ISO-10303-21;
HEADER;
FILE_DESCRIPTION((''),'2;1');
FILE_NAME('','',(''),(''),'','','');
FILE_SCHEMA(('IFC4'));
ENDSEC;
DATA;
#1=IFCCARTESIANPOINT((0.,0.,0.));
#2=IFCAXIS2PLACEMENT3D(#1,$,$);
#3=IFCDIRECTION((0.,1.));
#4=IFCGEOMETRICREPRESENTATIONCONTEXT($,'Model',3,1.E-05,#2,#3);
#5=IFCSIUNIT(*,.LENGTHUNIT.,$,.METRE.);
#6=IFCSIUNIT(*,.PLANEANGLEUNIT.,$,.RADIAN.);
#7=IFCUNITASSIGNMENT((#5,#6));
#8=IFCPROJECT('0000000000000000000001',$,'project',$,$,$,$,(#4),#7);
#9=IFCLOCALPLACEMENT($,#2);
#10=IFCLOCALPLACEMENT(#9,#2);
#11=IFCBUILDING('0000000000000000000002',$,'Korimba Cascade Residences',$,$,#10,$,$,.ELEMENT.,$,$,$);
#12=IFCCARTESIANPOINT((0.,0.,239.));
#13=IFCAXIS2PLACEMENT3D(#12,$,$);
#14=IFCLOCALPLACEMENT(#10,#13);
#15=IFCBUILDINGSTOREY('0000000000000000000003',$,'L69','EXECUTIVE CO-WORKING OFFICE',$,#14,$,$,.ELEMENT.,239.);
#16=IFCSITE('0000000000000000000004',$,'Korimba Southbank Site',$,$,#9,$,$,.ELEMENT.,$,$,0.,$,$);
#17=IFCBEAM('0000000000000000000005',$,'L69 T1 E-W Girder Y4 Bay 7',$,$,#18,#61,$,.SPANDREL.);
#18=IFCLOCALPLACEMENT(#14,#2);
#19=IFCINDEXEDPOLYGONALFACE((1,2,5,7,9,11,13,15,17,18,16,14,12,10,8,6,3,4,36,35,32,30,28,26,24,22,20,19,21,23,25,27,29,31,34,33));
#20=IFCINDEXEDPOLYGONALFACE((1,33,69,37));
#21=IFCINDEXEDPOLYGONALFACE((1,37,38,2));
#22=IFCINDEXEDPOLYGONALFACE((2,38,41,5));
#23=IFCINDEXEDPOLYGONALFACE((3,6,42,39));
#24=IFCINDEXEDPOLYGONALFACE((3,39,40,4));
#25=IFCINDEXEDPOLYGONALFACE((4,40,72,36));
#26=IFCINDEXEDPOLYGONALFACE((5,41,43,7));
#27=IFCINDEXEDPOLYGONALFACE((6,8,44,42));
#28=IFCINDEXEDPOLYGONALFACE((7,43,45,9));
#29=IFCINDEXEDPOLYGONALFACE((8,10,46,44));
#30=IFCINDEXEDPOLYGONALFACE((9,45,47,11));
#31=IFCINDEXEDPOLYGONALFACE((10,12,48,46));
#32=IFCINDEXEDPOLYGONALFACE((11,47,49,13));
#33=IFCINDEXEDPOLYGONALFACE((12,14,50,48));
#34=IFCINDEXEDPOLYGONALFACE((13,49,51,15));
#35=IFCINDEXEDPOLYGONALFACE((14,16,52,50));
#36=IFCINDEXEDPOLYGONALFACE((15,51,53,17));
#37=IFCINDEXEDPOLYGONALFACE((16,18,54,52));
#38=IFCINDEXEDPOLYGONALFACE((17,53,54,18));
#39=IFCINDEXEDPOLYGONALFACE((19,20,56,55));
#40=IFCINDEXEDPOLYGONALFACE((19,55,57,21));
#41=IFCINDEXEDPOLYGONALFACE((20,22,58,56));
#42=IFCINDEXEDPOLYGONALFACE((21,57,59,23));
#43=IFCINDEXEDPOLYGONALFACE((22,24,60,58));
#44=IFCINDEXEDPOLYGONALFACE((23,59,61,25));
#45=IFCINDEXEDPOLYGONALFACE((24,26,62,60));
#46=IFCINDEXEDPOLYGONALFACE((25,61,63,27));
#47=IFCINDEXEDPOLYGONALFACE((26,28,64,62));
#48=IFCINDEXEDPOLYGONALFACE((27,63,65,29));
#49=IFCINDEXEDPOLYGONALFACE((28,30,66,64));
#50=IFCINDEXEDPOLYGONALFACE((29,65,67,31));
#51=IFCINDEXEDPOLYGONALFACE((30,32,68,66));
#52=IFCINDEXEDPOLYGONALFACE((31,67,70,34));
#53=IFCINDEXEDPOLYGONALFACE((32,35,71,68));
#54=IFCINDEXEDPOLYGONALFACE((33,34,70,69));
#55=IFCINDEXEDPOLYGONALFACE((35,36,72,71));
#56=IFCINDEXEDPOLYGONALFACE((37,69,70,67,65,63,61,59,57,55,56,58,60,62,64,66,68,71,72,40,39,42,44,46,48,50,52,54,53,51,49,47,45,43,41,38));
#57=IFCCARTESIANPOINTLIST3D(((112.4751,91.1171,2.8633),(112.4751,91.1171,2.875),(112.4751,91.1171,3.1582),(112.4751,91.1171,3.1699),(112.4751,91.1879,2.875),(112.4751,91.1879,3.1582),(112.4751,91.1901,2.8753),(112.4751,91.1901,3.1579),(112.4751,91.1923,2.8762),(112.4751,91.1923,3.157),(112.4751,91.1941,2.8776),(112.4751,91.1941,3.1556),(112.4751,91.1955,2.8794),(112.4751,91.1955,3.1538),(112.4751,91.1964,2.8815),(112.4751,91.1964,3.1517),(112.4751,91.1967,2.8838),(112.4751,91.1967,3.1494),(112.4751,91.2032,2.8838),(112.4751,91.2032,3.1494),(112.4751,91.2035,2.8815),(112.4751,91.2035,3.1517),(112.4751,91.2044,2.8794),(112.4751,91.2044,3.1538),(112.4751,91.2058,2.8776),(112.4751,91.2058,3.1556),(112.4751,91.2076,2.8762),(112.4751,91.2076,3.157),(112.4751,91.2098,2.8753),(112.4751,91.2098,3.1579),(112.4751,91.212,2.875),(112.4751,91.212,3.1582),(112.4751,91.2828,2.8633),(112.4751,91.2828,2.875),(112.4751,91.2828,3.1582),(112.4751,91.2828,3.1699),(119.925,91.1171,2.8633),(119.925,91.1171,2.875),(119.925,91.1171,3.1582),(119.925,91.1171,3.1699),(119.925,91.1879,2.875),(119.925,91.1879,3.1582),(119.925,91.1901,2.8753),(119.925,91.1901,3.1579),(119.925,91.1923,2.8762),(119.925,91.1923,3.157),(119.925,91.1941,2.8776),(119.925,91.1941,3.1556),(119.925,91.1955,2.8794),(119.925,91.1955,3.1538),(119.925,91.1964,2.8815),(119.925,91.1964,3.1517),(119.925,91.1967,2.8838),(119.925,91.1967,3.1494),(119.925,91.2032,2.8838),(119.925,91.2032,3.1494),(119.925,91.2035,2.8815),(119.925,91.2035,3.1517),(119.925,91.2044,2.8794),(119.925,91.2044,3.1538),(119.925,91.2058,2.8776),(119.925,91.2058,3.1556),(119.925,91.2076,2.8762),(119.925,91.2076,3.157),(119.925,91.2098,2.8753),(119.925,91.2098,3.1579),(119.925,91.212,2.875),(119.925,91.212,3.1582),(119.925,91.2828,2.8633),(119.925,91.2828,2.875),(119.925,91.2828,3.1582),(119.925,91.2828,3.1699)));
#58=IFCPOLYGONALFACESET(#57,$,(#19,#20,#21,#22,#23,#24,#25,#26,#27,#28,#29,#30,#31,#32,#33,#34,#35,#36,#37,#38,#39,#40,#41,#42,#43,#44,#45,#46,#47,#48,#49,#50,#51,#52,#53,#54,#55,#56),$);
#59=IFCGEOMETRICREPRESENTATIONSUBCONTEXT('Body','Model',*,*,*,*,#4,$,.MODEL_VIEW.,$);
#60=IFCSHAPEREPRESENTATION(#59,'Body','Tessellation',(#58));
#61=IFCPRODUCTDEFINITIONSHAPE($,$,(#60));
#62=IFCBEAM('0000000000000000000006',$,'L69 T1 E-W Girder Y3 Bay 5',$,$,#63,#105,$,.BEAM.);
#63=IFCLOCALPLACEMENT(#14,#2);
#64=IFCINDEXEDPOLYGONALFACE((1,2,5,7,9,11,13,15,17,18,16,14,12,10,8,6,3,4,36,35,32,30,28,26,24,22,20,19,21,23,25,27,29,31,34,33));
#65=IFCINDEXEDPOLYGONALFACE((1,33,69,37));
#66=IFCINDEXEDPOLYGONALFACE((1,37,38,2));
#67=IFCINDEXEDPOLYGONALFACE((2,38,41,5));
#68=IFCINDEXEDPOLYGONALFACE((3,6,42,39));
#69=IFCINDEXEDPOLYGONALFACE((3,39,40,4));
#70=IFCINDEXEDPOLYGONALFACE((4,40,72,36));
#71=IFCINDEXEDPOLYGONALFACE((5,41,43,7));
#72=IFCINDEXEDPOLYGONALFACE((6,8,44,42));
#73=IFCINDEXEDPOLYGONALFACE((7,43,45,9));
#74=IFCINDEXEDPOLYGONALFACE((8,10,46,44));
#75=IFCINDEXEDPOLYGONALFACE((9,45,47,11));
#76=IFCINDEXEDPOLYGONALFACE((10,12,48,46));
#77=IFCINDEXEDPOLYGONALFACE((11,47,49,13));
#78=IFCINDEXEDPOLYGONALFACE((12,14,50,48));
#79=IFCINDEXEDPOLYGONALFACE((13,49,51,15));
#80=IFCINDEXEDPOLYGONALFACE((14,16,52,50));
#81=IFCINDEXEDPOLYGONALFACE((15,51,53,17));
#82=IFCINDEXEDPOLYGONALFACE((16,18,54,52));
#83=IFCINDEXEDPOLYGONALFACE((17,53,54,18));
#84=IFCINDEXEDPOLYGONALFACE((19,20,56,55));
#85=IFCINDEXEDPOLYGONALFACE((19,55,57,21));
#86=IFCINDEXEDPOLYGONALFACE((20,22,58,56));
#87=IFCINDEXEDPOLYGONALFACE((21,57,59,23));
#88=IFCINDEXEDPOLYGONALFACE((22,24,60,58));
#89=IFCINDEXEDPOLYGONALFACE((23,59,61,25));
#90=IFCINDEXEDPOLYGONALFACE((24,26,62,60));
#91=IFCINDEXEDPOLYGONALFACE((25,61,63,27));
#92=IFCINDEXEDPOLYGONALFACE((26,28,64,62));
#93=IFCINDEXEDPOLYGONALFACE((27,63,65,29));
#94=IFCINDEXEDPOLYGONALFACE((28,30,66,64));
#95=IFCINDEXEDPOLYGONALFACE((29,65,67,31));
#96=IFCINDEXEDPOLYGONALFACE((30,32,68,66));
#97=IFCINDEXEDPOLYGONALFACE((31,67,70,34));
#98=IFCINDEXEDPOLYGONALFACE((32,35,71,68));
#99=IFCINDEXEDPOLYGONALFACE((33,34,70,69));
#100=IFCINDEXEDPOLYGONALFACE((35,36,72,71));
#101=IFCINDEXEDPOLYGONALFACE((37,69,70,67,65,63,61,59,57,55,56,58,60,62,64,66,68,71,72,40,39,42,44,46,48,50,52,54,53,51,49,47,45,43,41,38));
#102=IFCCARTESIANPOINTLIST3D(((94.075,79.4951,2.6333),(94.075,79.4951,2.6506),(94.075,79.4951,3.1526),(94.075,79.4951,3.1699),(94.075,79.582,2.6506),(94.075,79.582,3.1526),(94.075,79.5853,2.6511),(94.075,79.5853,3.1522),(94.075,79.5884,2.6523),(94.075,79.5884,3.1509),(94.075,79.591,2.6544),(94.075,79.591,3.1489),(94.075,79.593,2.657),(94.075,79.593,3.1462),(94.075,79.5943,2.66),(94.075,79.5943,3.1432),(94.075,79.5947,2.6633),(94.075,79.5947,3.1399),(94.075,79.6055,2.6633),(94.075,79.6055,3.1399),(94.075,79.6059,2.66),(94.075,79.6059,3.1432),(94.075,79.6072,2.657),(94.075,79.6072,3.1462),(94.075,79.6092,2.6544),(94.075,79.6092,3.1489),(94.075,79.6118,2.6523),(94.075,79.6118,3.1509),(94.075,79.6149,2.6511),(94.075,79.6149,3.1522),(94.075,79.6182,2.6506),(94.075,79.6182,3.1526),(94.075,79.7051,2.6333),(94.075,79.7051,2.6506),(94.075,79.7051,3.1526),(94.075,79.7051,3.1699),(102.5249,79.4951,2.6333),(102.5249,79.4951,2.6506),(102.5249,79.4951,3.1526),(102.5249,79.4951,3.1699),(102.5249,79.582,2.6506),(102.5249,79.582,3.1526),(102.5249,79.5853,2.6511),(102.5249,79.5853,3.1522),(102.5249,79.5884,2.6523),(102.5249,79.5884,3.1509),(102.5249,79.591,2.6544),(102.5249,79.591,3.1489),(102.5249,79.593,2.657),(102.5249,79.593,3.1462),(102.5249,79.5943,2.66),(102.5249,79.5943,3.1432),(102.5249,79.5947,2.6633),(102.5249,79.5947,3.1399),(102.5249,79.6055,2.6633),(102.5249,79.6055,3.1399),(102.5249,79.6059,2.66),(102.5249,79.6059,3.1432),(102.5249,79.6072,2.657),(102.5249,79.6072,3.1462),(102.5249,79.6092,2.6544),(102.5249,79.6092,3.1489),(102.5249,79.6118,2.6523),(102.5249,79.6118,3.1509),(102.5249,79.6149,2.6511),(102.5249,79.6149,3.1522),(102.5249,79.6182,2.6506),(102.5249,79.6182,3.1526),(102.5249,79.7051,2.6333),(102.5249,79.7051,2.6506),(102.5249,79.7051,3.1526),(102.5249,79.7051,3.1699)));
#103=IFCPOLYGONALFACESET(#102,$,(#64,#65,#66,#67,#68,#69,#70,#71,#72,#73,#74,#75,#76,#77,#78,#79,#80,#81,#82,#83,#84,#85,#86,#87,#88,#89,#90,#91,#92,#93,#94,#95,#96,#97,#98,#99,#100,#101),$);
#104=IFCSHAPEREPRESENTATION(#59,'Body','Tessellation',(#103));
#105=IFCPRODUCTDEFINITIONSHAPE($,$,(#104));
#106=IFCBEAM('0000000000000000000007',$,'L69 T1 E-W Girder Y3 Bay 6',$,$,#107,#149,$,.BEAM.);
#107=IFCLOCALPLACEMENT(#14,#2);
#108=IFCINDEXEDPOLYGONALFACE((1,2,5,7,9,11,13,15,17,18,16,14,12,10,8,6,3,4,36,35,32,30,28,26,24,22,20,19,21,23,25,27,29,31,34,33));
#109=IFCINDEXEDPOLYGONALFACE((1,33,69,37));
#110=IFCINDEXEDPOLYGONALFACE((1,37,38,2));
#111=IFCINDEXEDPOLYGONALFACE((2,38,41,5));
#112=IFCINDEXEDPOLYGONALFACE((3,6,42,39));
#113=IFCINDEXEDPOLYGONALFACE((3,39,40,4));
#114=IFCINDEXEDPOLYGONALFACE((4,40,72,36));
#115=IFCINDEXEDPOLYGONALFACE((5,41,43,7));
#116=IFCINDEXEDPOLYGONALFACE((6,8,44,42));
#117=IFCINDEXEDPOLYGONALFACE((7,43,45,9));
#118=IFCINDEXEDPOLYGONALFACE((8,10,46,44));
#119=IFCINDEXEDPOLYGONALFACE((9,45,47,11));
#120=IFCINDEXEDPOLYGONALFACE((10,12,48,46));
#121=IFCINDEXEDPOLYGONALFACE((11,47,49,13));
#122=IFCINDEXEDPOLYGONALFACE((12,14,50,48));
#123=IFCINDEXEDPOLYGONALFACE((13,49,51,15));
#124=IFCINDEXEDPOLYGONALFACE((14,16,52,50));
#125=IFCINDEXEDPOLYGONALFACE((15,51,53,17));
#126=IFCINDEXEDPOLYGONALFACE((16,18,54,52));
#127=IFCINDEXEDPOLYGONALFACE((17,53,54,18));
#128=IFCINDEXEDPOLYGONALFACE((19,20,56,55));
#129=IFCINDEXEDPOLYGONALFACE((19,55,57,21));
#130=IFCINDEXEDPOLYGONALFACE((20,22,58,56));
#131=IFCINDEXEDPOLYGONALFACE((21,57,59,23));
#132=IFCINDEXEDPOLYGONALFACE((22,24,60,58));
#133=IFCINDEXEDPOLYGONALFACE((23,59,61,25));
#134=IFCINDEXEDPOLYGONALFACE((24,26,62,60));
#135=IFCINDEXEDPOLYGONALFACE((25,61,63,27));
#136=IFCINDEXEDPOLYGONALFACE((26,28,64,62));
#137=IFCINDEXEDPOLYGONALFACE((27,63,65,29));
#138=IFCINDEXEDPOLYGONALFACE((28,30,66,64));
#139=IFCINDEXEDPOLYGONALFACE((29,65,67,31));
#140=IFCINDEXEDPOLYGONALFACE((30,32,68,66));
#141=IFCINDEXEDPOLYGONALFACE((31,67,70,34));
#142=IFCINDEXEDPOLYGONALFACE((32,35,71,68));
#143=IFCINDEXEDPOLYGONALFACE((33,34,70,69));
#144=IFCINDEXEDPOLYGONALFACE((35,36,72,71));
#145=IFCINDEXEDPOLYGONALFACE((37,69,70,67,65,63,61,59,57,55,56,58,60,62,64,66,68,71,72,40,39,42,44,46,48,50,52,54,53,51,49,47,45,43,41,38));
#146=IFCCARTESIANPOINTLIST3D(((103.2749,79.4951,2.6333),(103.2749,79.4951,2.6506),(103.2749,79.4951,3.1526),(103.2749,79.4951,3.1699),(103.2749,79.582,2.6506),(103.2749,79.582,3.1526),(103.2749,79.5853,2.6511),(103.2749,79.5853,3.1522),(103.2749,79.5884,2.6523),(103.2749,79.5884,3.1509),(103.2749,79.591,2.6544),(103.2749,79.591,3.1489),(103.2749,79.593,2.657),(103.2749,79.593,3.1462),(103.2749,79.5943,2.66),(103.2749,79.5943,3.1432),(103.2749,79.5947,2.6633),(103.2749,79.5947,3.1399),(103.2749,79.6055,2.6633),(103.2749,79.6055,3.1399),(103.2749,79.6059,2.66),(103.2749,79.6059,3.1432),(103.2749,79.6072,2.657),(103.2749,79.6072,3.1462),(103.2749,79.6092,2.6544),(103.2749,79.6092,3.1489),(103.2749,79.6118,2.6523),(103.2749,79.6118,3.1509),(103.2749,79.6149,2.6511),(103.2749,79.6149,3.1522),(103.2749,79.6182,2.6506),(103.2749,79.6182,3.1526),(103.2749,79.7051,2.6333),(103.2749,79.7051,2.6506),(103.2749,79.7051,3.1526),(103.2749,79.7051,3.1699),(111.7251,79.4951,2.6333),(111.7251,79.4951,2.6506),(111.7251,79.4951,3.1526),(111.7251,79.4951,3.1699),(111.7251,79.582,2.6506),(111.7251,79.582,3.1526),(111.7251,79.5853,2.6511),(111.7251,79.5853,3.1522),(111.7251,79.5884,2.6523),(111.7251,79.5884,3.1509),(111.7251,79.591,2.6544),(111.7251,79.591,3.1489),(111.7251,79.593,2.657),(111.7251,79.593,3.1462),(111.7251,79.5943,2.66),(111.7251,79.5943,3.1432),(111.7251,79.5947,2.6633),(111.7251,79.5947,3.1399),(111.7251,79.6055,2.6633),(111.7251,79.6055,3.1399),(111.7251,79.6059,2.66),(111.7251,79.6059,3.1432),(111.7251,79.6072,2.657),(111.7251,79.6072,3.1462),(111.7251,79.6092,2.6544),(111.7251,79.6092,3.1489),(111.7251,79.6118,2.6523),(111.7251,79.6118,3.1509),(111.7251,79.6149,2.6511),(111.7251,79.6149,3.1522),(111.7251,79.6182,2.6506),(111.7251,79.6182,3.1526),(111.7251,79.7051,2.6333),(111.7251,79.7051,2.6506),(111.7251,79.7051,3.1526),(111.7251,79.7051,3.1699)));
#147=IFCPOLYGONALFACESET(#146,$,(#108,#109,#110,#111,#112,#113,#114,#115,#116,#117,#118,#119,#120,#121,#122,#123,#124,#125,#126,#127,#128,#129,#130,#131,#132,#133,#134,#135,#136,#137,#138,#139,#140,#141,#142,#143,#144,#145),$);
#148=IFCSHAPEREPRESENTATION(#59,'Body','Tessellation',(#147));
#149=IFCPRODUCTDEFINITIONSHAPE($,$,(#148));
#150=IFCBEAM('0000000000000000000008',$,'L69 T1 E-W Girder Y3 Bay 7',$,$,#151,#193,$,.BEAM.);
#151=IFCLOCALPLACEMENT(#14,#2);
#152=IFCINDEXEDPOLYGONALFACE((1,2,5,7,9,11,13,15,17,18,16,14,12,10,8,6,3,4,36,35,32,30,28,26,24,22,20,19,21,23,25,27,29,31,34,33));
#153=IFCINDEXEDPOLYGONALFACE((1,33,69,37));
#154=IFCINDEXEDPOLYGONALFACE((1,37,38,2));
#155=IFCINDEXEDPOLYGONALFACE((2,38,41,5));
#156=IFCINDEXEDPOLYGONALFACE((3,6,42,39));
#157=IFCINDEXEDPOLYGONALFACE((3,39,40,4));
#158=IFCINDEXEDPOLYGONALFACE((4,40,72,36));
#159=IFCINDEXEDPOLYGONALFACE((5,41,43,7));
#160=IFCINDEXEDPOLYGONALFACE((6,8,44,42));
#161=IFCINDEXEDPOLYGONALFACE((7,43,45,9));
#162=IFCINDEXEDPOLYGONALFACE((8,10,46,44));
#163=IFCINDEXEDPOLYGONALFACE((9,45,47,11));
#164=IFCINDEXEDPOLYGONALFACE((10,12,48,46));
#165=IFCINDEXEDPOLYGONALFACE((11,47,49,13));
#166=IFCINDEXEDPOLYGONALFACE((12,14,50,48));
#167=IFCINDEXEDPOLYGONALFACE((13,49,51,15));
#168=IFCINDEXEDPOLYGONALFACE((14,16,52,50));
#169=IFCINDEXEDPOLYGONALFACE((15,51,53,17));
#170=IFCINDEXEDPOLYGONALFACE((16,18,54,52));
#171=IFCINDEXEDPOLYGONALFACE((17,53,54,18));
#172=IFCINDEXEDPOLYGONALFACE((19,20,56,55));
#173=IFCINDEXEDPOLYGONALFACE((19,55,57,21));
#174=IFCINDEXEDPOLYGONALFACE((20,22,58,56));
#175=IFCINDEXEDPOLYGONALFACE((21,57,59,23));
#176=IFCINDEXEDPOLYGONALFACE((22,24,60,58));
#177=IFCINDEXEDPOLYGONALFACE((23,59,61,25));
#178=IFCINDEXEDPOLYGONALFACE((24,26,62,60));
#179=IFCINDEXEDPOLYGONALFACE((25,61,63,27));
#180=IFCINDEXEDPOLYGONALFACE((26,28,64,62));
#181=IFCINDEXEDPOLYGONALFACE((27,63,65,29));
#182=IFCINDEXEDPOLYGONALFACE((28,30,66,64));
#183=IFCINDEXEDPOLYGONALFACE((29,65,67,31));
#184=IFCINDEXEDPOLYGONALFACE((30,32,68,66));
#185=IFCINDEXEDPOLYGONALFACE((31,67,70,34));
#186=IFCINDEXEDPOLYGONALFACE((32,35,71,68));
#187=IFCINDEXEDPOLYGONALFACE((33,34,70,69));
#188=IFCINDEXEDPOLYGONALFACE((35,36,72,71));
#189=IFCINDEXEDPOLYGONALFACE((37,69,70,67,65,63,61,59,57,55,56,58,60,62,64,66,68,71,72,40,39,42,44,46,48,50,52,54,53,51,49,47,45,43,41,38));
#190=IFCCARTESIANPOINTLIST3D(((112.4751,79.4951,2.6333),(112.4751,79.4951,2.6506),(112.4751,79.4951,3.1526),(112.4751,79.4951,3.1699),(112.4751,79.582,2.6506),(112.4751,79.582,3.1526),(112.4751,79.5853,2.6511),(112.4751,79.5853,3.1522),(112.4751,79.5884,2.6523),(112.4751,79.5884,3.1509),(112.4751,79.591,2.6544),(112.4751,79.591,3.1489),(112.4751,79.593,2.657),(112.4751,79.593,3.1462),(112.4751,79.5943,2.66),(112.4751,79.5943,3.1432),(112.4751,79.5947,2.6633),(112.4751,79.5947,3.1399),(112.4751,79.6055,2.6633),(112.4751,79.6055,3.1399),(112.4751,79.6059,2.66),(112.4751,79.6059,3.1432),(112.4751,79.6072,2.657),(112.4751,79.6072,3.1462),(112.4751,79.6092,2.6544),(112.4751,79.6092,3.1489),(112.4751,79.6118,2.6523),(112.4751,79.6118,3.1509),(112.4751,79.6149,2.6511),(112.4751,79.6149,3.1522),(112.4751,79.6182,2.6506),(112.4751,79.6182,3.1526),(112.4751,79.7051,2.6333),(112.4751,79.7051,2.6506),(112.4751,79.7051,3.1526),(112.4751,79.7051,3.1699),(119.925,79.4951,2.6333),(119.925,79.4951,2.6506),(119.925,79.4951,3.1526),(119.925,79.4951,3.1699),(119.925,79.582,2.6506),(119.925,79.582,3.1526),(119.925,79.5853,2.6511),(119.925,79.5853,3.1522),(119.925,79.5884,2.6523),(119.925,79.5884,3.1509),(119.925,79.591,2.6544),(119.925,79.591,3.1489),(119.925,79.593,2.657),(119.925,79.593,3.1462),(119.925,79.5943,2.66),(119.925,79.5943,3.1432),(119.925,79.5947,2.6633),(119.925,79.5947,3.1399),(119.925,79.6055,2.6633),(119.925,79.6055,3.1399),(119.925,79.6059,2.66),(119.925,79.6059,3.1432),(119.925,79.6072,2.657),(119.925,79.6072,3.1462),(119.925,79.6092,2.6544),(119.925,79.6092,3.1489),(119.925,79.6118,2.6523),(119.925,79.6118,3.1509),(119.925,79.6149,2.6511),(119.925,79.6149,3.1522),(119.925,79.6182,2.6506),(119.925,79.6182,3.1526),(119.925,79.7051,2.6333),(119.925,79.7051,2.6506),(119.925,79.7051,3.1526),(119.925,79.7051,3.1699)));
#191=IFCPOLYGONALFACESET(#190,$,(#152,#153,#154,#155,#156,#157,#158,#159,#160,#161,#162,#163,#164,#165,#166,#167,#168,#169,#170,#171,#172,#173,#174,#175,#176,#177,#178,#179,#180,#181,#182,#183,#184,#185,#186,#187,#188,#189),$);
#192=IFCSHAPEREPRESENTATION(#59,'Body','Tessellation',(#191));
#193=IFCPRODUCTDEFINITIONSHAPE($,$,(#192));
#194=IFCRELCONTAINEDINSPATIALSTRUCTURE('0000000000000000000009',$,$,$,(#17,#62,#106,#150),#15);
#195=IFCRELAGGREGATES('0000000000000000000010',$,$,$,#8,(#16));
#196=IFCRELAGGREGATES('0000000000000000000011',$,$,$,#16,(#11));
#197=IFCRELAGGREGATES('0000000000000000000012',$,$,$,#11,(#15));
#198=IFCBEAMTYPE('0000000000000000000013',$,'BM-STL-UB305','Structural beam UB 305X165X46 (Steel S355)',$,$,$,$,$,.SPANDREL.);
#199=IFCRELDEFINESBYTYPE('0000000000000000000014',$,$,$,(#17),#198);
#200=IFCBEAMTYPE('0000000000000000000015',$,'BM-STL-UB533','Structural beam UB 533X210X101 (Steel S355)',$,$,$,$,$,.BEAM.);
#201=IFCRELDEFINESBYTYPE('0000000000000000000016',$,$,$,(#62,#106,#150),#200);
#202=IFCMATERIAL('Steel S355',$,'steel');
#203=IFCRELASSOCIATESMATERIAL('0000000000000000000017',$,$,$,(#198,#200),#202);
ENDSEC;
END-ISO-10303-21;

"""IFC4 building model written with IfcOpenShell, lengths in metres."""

from ifc_helpers import new_model, si_unit, direction, frame, origin, origin_2d, place, context, subcontext, project, spatial, i_section, extrude, material, material_profile, profile_set, type_object, element, save


model = new_model("IFC4")

# Units and contexts
model_context = context("Model", 3, precision=1e-05, world=origin(), true_north=direction((0.0, 1.0)))
body_context = subcontext(model_context, "Body", "Model", "MODEL_VIEW")
ifc_project = project(units=[si_unit("LENGTHUNIT", "METRE"), si_unit("PLANEANGLEUNIT", "RADIAN")], contexts=[model_context])

# Site, building, storey
site_placement = place(None, origin())
site = spatial("IfcSite", under=ifc_project, at=site_placement, Name="Korimba Southbank Site", CompositionType="ELEMENT", RefElevation=0.0)
building_placement = place(site_placement, origin())
building = spatial("IfcBuilding", under=site, at=building_placement, Name="Korimba Cascade Residences", CompositionType="ELEMENT")
storey_placement = place(building_placement, frame((0.0, 0.0, 239.0)))
storey = spatial("IfcBuildingStorey", under=building, at=storey_placement, Name="L69", Description="EXECUTIVE CO-WORKING OFFICE", CompositionType="ELEMENT", Elevation=239.0)

# Beams
ifc_material_1 = material(Name="Steel S355", Category="steel")
ifc_material_profile_1 = material_profile(ifc_material_1, i_section(OverallWidth=0.1658, OverallDepth=0.3066, WebThickness=0.0066, FlangeThickness=0.0117, FilletRadius=0.0088, at=origin_2d()), Name="Steel S355")
ifc_profile_set_1 = profile_set([ifc_material_profile_1], Name="Steel S355")
beam_type_1 = type_object("IfcBeamType", Name="BM-STL-UB305", Description="Structural beam UB 305X165X46 (Steel S355)", PredefinedType="SPANDREL", material=ifc_profile_set_1)
beam_1_placement = place(storey_placement, frame((112.4751, 91.2, 3.0166), z_axis=(1.0, 0.0, 0.0), x_axis=(0.0, 1.0, 0.0)))
element("IfcBeam", 1, at=beam_1_placement, inside=storey, type_object=beam_type_1, Name="L69 T1 E-W Girder Y4 Bay 7", PredefinedType="SPANDREL", context=body_context, shape_type="SweptSolid", body=[
    extrude(i_section(OverallWidth=0.1658, OverallDepth=0.3066, WebThickness=0.0066, FlangeThickness=0.0117, FilletRadius=0.0088, at=origin_2d()), origin(), (0.0, 0.0, 1.0), 7.45),
])
ifc_material_profile_2 = material_profile(ifc_material_1, i_section(OverallWidth=0.21, OverallDepth=0.5366, WebThickness=0.0107, FlangeThickness=0.0173, FilletRadius=0.0127, at=origin_2d()), Name="Steel S355")
ifc_profile_set_2 = profile_set([ifc_material_profile_2], Name="Steel S355")
beam_type_2 = type_object("IfcBeamType", Name="BM-STL-UB533", Description="Structural beam UB 533X210X101 (Steel S355)", PredefinedType="BEAM", material=ifc_profile_set_2)
beam_2_placement = place(storey_placement, frame((94.075, 79.6001, 2.9016), z_axis=(1.0, 0.0, 0.0), x_axis=(0.0, 1.0, 0.0)))
element("IfcBeam", 2, at=beam_2_placement, inside=storey, type_object=beam_type_2, Name="L69 T1 E-W Girder Y3 Bay 5", PredefinedType="BEAM", context=body_context, shape_type="SweptSolid", body=[
    extrude(i_section(OverallWidth=0.21, OverallDepth=0.5366, WebThickness=0.0107, FlangeThickness=0.0173, FilletRadius=0.0127, at=origin_2d()), origin(), (0.0, 0.0, 1.0), 8.45),
])
beam_3_placement = place(storey_placement, frame((103.2749, 79.6001, 2.9016), z_axis=(1.0, 0.0, 0.0), x_axis=(0.0, 1.0, 0.0)))
element("IfcBeam", 3, at=beam_3_placement, inside=storey, type_object=beam_type_2, Name="L69 T1 E-W Girder Y3 Bay 6", PredefinedType="BEAM", context=body_context, shape_type="SweptSolid", body=[
    extrude(i_section(OverallWidth=0.21, OverallDepth=0.5366, WebThickness=0.0107, FlangeThickness=0.0173, FilletRadius=0.0127, at=origin_2d()), origin(), (0.0, 0.0, 1.0), 8.4502),
])
beam_4_placement = place(storey_placement, frame((112.4751, 79.6001, 2.9016), z_axis=(1.0, 0.0, 0.0), x_axis=(0.0, 1.0, 0.0)))
element("IfcBeam", 4, at=beam_4_placement, inside=storey, type_object=beam_type_2, Name="L69 T1 E-W Girder Y3 Bay 7", PredefinedType="BEAM", context=body_context, shape_type="SweptSolid", body=[
    extrude(i_section(OverallWidth=0.21, OverallDepth=0.5366, WebThickness=0.0107, FlangeThickness=0.0173, FilletRadius=0.0127, at=origin_2d()), origin(), (0.0, 0.0, 1.0), 7.45),
])

save(model, "model.ifc")
